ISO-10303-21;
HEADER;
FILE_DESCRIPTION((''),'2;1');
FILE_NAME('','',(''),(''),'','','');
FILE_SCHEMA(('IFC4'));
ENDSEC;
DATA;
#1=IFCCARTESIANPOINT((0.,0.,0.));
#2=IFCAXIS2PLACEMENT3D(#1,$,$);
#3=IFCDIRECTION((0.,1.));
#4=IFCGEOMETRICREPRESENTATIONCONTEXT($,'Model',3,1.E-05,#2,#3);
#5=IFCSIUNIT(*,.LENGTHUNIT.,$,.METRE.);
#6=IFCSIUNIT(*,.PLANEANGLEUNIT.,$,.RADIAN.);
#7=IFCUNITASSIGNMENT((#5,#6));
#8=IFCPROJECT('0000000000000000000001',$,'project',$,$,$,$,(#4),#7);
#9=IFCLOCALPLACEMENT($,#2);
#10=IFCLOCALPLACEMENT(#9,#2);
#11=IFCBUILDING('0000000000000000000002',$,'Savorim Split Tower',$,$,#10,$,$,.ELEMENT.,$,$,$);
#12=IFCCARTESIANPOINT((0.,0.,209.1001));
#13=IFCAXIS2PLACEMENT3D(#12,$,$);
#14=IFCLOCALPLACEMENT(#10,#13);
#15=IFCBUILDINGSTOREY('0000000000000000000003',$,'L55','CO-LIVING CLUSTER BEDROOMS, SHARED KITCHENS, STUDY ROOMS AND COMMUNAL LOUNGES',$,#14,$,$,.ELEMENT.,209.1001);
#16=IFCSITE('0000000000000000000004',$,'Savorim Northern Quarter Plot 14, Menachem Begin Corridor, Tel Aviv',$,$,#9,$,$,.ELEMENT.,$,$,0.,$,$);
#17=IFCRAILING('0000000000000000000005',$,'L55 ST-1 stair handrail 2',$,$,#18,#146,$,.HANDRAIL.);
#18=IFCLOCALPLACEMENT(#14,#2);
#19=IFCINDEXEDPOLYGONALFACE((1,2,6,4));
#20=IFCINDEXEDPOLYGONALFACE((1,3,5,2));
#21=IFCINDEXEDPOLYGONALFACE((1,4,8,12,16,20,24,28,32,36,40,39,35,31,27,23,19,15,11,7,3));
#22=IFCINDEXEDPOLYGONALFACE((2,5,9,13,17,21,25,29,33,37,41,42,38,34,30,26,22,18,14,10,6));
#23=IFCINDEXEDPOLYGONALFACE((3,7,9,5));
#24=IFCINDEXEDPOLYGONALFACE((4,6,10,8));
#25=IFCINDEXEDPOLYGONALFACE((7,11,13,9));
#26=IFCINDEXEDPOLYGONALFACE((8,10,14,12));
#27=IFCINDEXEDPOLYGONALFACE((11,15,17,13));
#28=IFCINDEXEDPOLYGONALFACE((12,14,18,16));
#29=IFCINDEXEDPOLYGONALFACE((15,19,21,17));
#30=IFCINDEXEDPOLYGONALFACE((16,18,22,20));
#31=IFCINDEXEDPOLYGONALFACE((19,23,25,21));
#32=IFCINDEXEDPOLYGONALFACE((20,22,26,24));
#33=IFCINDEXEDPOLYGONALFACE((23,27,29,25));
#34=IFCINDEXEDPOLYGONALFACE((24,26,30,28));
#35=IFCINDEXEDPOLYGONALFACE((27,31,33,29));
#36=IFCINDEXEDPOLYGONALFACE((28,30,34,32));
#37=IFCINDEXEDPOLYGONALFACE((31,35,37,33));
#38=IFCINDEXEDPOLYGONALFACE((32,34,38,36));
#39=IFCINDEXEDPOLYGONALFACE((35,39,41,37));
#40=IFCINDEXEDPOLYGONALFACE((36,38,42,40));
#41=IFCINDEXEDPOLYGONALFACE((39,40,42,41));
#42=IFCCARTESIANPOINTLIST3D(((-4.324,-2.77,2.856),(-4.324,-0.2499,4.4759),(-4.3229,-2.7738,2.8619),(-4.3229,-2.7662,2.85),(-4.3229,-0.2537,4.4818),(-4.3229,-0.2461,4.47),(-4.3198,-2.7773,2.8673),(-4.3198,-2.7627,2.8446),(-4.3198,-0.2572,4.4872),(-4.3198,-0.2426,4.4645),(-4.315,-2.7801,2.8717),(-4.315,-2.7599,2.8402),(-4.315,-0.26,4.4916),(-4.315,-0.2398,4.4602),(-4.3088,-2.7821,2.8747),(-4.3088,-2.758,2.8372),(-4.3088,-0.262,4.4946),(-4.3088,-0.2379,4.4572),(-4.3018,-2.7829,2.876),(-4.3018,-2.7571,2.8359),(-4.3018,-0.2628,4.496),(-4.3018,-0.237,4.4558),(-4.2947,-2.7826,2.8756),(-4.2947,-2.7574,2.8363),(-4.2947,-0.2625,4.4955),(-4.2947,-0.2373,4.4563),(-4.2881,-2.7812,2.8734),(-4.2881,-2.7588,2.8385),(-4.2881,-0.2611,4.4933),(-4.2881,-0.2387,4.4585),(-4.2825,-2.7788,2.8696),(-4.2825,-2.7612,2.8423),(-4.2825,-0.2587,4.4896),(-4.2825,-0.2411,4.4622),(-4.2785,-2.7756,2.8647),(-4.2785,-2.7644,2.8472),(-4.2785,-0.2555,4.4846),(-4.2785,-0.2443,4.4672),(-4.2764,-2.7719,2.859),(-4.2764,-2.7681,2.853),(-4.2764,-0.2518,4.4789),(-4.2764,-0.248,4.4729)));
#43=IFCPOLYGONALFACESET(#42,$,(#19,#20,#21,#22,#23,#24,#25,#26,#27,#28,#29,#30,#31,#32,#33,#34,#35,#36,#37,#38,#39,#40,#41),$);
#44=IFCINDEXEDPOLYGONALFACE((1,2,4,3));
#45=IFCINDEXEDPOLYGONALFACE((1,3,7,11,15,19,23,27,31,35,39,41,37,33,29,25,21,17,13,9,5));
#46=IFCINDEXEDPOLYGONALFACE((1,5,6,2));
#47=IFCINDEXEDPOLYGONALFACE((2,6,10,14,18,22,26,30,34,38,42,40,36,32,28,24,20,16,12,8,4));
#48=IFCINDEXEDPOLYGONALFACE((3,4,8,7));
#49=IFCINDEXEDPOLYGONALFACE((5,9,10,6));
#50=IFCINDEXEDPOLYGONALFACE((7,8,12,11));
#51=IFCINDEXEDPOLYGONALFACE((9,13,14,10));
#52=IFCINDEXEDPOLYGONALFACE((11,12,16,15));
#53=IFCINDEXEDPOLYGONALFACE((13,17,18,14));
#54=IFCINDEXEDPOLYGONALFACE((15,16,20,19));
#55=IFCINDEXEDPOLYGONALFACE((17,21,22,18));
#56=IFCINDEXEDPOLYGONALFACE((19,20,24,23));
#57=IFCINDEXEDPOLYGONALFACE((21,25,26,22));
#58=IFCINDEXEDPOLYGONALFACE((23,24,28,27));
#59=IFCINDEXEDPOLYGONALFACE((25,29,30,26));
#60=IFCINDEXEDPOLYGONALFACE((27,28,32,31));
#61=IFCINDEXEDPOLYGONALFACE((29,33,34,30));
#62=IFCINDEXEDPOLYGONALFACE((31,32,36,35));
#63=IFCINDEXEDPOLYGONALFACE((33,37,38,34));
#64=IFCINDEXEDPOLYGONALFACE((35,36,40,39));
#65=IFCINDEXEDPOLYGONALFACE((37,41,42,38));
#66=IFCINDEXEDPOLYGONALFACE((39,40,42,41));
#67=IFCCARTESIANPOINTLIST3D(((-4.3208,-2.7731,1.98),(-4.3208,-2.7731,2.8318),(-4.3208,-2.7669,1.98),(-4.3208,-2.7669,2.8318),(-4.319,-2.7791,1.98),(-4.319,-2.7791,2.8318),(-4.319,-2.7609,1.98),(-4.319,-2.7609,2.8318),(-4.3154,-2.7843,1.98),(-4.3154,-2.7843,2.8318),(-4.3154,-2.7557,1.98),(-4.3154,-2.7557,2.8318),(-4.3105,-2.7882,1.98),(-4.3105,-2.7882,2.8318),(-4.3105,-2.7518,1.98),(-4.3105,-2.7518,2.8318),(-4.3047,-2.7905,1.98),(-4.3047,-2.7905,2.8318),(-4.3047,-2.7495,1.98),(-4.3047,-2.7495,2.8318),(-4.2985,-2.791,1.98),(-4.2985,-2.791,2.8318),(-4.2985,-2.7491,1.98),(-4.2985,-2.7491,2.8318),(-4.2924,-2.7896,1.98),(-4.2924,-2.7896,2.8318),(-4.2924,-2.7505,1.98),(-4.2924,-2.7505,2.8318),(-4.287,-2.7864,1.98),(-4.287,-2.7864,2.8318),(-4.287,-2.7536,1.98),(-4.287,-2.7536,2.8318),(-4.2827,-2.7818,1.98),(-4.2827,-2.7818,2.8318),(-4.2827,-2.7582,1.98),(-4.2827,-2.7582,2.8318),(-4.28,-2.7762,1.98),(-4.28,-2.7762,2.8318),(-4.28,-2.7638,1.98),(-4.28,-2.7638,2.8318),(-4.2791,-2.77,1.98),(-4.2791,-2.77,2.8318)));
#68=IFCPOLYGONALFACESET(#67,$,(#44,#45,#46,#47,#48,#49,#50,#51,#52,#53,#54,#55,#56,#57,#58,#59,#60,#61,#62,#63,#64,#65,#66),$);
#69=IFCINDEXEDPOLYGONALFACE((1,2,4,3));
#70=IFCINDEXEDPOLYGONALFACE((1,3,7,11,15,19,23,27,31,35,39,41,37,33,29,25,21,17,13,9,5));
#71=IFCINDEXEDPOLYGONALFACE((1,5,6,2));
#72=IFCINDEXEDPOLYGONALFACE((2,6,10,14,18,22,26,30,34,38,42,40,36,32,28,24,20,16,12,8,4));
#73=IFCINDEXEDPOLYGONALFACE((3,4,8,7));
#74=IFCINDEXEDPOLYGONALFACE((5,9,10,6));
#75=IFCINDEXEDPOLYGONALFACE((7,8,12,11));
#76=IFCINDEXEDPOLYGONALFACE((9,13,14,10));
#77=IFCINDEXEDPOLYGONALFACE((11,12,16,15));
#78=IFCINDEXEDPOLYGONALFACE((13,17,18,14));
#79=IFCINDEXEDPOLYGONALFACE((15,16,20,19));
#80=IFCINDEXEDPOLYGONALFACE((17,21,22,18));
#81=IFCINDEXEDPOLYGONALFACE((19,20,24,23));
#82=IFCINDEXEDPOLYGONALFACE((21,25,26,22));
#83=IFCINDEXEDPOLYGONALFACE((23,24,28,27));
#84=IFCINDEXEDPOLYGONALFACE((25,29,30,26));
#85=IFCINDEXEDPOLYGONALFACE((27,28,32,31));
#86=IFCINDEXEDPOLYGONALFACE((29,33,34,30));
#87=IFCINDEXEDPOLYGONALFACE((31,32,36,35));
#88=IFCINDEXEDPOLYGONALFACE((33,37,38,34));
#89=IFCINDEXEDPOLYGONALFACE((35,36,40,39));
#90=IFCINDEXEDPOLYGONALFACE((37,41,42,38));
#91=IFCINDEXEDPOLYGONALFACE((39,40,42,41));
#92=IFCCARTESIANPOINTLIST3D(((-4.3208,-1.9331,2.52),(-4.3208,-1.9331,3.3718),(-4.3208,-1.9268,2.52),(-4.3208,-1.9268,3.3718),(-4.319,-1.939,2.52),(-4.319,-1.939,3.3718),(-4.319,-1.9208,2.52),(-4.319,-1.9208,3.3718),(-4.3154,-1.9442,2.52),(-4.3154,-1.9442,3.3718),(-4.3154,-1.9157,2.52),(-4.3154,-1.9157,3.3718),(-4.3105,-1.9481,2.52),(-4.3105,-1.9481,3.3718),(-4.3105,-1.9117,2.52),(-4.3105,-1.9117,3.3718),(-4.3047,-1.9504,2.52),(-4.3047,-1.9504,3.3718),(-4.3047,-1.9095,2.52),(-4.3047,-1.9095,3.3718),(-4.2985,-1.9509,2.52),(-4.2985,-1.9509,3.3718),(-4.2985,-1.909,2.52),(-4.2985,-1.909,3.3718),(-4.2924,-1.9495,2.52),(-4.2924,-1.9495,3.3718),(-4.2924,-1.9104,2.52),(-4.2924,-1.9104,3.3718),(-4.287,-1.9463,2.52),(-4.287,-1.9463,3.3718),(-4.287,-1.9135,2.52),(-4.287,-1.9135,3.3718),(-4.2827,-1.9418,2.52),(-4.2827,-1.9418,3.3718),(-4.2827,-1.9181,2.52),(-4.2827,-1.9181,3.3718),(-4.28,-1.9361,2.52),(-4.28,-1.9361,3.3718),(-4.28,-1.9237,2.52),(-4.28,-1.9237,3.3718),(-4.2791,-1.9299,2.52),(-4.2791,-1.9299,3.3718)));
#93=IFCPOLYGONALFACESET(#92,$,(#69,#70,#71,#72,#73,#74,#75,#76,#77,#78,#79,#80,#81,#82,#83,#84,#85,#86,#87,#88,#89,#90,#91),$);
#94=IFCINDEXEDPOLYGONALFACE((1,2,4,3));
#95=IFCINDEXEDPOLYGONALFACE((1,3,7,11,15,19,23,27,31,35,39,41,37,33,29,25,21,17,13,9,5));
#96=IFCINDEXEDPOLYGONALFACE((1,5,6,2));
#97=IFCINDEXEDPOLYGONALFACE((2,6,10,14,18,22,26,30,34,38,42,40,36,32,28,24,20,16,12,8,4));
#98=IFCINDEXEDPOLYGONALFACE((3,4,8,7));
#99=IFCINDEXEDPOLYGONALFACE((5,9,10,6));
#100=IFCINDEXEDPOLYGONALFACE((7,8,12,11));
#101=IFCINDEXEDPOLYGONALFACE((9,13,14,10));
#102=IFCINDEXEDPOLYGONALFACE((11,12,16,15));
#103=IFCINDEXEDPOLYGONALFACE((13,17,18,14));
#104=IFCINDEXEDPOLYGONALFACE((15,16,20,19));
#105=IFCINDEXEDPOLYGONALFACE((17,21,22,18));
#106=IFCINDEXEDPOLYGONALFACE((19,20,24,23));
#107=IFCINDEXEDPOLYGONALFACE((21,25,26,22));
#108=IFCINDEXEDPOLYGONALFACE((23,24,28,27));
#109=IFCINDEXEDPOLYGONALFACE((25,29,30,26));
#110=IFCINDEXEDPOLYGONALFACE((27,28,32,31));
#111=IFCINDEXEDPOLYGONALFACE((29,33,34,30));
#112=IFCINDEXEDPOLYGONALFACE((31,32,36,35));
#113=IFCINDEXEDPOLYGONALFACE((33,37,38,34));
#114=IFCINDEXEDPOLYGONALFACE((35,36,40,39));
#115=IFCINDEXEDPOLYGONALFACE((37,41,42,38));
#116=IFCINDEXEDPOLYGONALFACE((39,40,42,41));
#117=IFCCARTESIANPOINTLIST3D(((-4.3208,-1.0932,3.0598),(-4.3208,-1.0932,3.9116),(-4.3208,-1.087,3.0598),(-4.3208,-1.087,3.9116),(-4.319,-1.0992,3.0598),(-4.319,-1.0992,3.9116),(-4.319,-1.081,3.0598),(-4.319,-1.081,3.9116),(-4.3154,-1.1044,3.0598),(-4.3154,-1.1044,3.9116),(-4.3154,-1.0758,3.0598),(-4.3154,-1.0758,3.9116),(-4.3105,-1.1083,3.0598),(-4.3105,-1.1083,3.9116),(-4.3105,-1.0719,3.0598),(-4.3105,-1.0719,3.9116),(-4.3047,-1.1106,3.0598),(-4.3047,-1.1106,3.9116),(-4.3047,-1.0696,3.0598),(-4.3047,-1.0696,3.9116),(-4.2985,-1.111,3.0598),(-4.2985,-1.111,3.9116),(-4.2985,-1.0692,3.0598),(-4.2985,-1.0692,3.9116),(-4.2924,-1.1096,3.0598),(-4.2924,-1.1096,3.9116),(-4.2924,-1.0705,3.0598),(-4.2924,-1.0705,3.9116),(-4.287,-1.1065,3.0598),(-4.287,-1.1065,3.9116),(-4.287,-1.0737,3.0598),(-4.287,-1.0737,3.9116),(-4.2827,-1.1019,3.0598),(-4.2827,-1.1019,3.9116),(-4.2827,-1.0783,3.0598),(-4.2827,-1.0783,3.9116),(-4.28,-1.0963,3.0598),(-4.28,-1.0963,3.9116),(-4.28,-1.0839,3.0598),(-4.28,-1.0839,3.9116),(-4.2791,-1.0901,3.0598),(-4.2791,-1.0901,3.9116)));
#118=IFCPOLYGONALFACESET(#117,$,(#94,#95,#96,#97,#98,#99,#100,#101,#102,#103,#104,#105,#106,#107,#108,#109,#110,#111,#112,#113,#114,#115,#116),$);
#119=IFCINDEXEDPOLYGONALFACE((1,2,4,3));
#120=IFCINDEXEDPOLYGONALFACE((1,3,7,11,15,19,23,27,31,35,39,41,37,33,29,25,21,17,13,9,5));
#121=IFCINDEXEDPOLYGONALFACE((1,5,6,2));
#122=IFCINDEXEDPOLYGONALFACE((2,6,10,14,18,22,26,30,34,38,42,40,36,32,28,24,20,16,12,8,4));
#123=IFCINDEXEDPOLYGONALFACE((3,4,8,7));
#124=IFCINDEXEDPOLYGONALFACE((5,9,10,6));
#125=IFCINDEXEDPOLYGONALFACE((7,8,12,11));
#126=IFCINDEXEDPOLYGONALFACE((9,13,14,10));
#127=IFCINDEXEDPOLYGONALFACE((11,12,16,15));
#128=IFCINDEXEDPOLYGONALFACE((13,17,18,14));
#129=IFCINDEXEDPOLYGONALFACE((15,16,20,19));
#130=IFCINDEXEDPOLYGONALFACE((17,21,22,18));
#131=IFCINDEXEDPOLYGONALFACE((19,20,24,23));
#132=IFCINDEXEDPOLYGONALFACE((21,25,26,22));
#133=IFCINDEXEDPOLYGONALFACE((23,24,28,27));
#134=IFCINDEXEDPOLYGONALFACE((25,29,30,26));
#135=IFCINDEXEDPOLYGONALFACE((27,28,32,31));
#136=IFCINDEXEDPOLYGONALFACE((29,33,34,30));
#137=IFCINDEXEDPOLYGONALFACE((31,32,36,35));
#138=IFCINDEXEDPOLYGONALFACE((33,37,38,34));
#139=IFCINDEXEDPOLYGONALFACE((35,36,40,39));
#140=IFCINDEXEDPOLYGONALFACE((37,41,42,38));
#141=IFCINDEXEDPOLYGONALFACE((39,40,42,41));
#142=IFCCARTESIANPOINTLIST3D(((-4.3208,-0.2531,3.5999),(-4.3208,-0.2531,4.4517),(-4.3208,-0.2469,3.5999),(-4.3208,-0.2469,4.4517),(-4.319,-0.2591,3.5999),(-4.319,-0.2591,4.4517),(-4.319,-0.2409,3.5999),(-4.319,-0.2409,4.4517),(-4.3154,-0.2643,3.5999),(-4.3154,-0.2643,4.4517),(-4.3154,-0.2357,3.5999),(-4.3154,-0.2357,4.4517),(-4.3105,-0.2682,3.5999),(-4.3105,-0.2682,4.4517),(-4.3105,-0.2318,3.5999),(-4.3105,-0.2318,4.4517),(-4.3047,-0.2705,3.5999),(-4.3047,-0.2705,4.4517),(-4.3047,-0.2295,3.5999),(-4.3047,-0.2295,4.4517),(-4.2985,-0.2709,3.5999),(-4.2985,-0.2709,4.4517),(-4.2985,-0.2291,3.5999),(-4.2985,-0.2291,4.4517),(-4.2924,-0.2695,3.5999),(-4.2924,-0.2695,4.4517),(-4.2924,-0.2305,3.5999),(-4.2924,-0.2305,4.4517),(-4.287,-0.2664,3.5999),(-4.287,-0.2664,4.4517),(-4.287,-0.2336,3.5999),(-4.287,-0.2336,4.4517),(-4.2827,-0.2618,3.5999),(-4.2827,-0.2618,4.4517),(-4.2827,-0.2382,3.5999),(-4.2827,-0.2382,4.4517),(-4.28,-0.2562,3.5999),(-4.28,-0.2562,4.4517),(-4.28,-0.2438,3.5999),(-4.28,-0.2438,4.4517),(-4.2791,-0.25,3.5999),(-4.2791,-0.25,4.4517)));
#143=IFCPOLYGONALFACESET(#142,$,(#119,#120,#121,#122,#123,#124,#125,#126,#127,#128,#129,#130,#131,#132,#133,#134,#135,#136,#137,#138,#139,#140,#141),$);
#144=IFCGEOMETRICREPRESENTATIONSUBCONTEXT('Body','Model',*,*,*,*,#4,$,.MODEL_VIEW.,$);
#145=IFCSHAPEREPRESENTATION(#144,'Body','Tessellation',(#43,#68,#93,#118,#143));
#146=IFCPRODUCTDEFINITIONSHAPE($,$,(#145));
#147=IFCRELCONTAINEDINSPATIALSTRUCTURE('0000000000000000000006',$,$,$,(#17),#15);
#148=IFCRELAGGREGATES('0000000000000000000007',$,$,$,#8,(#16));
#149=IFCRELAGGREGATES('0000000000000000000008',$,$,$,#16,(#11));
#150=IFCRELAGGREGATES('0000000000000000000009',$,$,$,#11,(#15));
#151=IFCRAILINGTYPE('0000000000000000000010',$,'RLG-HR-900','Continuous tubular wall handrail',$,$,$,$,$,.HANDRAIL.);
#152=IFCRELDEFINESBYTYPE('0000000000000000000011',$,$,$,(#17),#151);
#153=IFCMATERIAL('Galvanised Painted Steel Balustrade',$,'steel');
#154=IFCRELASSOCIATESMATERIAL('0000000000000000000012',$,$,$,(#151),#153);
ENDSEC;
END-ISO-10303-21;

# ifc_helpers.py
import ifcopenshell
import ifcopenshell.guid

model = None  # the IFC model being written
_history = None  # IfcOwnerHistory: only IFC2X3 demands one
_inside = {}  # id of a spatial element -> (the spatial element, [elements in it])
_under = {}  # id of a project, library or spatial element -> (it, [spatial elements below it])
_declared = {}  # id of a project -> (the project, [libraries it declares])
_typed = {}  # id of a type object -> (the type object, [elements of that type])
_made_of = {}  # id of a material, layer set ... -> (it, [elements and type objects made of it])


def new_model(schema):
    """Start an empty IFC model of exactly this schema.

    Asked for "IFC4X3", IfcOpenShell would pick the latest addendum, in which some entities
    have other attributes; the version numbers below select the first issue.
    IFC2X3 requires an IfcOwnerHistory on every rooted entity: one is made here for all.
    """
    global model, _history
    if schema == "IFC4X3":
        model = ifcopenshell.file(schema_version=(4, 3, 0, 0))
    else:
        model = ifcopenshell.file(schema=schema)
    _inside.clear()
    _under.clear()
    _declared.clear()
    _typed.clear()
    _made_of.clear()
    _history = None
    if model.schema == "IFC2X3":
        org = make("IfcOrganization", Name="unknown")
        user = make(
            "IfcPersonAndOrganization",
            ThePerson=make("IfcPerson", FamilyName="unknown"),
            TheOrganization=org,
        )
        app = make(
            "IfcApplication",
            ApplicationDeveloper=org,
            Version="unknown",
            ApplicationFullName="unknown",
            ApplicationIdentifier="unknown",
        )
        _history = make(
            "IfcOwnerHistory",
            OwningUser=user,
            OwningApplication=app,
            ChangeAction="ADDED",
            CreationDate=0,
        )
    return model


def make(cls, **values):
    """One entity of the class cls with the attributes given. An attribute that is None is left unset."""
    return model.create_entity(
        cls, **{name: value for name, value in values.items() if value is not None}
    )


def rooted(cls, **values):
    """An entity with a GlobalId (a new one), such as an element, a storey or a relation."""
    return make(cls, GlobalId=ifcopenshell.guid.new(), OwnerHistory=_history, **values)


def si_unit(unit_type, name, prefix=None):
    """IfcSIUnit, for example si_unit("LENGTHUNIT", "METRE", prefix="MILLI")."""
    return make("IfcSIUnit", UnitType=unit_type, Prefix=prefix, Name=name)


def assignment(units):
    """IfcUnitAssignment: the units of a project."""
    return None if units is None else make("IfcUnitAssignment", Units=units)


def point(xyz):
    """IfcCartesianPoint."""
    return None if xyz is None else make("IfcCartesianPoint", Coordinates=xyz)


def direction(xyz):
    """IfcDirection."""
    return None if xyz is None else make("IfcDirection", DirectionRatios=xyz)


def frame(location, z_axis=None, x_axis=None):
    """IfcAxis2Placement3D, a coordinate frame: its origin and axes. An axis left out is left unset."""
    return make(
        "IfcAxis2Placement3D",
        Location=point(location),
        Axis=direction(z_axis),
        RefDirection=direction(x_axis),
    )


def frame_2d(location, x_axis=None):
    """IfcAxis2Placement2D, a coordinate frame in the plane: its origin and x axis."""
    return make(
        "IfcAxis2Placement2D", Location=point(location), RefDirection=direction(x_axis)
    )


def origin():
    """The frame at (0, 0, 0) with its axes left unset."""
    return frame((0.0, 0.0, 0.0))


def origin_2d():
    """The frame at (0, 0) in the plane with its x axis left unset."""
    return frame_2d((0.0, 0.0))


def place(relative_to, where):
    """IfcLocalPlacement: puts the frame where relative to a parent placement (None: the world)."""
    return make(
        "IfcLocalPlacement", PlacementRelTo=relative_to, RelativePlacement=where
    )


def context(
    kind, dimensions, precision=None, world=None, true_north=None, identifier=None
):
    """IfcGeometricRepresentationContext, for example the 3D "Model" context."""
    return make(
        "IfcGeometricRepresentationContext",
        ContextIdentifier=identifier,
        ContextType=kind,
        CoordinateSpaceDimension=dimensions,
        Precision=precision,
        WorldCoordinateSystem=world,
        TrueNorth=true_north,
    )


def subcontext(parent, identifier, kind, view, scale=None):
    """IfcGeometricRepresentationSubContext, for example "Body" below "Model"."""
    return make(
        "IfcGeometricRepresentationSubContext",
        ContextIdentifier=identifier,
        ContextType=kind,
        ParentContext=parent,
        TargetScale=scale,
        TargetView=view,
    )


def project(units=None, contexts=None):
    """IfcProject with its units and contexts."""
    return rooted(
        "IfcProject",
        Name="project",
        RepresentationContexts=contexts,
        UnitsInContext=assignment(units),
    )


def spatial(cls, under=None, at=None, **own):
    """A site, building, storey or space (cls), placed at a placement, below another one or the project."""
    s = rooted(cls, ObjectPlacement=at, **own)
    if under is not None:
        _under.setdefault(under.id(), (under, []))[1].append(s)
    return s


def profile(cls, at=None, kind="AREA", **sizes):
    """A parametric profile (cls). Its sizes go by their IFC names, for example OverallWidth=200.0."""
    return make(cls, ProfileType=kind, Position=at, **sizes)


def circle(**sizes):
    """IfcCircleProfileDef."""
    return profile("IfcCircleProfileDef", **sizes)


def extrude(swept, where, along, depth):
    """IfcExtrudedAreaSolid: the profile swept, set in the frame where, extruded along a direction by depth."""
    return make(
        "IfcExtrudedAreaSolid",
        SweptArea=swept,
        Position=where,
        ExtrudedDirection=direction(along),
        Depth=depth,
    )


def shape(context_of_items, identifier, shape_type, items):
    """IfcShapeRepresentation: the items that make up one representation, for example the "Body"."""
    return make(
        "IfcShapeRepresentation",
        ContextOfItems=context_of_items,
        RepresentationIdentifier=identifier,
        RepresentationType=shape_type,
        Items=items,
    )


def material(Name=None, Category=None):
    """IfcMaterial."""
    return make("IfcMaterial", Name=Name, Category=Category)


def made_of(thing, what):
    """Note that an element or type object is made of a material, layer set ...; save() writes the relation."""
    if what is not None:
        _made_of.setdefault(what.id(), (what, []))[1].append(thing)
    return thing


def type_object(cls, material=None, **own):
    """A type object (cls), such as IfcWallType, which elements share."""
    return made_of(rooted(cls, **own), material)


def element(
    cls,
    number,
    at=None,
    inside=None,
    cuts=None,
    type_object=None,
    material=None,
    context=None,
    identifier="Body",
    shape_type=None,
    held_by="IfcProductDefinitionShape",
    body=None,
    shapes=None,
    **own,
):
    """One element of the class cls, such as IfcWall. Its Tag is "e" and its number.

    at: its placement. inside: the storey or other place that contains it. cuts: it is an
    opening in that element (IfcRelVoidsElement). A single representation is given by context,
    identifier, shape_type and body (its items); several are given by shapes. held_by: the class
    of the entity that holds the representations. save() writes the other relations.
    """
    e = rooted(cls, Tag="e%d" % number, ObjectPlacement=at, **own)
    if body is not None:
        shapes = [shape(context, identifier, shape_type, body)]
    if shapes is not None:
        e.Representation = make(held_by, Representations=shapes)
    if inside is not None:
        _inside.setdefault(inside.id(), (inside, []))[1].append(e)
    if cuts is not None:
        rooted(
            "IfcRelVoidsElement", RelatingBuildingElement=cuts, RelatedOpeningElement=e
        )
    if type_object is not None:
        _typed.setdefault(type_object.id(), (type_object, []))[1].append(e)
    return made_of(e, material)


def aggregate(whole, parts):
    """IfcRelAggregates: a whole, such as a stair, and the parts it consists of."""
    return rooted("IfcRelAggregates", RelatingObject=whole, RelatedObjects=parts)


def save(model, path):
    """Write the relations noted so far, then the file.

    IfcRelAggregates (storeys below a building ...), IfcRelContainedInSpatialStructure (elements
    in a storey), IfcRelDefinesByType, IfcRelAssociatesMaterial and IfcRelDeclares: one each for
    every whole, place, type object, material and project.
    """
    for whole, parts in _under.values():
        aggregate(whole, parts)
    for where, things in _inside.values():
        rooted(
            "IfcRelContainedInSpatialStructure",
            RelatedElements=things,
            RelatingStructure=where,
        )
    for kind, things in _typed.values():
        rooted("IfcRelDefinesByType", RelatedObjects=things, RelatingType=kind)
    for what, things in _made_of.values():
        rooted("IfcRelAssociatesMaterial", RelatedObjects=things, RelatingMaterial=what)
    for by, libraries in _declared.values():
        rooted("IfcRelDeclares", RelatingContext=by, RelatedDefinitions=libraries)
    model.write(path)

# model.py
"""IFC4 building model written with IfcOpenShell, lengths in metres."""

from ifc_helpers import new_model, si_unit, direction, frame, origin, origin_2d, place, context, subcontext, project, spatial, circle, extrude, material, type_object, element, save


model = new_model("IFC4")

# Units and contexts
model_context = context("Model", 3, precision=1e-05, world=origin(), true_north=direction((0.0, 1.0)))
body_context = subcontext(model_context, "Body", "Model", "MODEL_VIEW")
ifc_project = project(units=[si_unit("LENGTHUNIT", "METRE"), si_unit("PLANEANGLEUNIT", "RADIAN")], contexts=[model_context])

# Site, building, storey
site_placement = place(None, origin())
site = spatial("IfcSite", under=ifc_project, at=site_placement, Name="Savorim Northern Quarter Plot 14, Menachem Begin Corridor, Tel Aviv", CompositionType="ELEMENT", RefElevation=0.0)
building_placement = place(site_placement, origin())
building = spatial("IfcBuilding", under=site, at=building_placement, Name="Savorim Split Tower", CompositionType="ELEMENT")
storey_placement = place(building_placement, frame((0.0, 0.0, 209.1001)))
storey = spatial("IfcBuildingStorey", under=building, at=storey_placement, Name="L55", Description="CO-LIVING CLUSTER BEDROOMS, SHARED KITCHENS, STUDY ROOMS AND COMMUNAL LOUNGES", CompositionType="ELEMENT", Elevation=209.1001)

# Railing
ifc_material_1 = material(Name="Galvanised Painted Steel Balustrade", Category="steel")
railing_type_1 = type_object("IfcRailingType", Name="RLG-HR-900", Description="Continuous tubular wall handrail", PredefinedType="HANDRAIL", material=ifc_material_1)
railing_1_placement = place(storey_placement, frame((-4.3, -2.77, 1.98)))
element("IfcRailing", 1, at=railing_1_placement, inside=storey, type_object=railing_type_1, Name="L55 ST-1 stair handrail 2", PredefinedType="HANDRAIL", context=body_context, shape_type="SweptSolid", body=[
    extrude(circle(Radius=0.0239, at=origin_2d()), frame((0.0, 0.0, 0.876), z_axis=(0.0, 0.8412, 0.540725), x_axis=(-1.0, 0.0, 0.0)), (0.0, 0.0, 1.0), 2.9958),
    extrude(circle(Radius=0.021, at=origin_2d()), origin(), (0.0, 0.0, 1.0), 0.8518),
    extrude(circle(Radius=0.021, at=origin_2d()), frame((0.0, 0.8401, 0.54)), (0.0, 0.0, 1.0), 0.8518),
    extrude(circle(Radius=0.021, at=origin_2d()), frame((0.0, 1.6799, 1.0798)), (0.0, 0.0, 1.0), 0.8518),
    extrude(circle(Radius=0.021, at=origin_2d()), frame((0.0, 2.52, 1.6199)), (0.0, 0.0, 1.0), 0.8518),
])

save(model, "model.ifc")
